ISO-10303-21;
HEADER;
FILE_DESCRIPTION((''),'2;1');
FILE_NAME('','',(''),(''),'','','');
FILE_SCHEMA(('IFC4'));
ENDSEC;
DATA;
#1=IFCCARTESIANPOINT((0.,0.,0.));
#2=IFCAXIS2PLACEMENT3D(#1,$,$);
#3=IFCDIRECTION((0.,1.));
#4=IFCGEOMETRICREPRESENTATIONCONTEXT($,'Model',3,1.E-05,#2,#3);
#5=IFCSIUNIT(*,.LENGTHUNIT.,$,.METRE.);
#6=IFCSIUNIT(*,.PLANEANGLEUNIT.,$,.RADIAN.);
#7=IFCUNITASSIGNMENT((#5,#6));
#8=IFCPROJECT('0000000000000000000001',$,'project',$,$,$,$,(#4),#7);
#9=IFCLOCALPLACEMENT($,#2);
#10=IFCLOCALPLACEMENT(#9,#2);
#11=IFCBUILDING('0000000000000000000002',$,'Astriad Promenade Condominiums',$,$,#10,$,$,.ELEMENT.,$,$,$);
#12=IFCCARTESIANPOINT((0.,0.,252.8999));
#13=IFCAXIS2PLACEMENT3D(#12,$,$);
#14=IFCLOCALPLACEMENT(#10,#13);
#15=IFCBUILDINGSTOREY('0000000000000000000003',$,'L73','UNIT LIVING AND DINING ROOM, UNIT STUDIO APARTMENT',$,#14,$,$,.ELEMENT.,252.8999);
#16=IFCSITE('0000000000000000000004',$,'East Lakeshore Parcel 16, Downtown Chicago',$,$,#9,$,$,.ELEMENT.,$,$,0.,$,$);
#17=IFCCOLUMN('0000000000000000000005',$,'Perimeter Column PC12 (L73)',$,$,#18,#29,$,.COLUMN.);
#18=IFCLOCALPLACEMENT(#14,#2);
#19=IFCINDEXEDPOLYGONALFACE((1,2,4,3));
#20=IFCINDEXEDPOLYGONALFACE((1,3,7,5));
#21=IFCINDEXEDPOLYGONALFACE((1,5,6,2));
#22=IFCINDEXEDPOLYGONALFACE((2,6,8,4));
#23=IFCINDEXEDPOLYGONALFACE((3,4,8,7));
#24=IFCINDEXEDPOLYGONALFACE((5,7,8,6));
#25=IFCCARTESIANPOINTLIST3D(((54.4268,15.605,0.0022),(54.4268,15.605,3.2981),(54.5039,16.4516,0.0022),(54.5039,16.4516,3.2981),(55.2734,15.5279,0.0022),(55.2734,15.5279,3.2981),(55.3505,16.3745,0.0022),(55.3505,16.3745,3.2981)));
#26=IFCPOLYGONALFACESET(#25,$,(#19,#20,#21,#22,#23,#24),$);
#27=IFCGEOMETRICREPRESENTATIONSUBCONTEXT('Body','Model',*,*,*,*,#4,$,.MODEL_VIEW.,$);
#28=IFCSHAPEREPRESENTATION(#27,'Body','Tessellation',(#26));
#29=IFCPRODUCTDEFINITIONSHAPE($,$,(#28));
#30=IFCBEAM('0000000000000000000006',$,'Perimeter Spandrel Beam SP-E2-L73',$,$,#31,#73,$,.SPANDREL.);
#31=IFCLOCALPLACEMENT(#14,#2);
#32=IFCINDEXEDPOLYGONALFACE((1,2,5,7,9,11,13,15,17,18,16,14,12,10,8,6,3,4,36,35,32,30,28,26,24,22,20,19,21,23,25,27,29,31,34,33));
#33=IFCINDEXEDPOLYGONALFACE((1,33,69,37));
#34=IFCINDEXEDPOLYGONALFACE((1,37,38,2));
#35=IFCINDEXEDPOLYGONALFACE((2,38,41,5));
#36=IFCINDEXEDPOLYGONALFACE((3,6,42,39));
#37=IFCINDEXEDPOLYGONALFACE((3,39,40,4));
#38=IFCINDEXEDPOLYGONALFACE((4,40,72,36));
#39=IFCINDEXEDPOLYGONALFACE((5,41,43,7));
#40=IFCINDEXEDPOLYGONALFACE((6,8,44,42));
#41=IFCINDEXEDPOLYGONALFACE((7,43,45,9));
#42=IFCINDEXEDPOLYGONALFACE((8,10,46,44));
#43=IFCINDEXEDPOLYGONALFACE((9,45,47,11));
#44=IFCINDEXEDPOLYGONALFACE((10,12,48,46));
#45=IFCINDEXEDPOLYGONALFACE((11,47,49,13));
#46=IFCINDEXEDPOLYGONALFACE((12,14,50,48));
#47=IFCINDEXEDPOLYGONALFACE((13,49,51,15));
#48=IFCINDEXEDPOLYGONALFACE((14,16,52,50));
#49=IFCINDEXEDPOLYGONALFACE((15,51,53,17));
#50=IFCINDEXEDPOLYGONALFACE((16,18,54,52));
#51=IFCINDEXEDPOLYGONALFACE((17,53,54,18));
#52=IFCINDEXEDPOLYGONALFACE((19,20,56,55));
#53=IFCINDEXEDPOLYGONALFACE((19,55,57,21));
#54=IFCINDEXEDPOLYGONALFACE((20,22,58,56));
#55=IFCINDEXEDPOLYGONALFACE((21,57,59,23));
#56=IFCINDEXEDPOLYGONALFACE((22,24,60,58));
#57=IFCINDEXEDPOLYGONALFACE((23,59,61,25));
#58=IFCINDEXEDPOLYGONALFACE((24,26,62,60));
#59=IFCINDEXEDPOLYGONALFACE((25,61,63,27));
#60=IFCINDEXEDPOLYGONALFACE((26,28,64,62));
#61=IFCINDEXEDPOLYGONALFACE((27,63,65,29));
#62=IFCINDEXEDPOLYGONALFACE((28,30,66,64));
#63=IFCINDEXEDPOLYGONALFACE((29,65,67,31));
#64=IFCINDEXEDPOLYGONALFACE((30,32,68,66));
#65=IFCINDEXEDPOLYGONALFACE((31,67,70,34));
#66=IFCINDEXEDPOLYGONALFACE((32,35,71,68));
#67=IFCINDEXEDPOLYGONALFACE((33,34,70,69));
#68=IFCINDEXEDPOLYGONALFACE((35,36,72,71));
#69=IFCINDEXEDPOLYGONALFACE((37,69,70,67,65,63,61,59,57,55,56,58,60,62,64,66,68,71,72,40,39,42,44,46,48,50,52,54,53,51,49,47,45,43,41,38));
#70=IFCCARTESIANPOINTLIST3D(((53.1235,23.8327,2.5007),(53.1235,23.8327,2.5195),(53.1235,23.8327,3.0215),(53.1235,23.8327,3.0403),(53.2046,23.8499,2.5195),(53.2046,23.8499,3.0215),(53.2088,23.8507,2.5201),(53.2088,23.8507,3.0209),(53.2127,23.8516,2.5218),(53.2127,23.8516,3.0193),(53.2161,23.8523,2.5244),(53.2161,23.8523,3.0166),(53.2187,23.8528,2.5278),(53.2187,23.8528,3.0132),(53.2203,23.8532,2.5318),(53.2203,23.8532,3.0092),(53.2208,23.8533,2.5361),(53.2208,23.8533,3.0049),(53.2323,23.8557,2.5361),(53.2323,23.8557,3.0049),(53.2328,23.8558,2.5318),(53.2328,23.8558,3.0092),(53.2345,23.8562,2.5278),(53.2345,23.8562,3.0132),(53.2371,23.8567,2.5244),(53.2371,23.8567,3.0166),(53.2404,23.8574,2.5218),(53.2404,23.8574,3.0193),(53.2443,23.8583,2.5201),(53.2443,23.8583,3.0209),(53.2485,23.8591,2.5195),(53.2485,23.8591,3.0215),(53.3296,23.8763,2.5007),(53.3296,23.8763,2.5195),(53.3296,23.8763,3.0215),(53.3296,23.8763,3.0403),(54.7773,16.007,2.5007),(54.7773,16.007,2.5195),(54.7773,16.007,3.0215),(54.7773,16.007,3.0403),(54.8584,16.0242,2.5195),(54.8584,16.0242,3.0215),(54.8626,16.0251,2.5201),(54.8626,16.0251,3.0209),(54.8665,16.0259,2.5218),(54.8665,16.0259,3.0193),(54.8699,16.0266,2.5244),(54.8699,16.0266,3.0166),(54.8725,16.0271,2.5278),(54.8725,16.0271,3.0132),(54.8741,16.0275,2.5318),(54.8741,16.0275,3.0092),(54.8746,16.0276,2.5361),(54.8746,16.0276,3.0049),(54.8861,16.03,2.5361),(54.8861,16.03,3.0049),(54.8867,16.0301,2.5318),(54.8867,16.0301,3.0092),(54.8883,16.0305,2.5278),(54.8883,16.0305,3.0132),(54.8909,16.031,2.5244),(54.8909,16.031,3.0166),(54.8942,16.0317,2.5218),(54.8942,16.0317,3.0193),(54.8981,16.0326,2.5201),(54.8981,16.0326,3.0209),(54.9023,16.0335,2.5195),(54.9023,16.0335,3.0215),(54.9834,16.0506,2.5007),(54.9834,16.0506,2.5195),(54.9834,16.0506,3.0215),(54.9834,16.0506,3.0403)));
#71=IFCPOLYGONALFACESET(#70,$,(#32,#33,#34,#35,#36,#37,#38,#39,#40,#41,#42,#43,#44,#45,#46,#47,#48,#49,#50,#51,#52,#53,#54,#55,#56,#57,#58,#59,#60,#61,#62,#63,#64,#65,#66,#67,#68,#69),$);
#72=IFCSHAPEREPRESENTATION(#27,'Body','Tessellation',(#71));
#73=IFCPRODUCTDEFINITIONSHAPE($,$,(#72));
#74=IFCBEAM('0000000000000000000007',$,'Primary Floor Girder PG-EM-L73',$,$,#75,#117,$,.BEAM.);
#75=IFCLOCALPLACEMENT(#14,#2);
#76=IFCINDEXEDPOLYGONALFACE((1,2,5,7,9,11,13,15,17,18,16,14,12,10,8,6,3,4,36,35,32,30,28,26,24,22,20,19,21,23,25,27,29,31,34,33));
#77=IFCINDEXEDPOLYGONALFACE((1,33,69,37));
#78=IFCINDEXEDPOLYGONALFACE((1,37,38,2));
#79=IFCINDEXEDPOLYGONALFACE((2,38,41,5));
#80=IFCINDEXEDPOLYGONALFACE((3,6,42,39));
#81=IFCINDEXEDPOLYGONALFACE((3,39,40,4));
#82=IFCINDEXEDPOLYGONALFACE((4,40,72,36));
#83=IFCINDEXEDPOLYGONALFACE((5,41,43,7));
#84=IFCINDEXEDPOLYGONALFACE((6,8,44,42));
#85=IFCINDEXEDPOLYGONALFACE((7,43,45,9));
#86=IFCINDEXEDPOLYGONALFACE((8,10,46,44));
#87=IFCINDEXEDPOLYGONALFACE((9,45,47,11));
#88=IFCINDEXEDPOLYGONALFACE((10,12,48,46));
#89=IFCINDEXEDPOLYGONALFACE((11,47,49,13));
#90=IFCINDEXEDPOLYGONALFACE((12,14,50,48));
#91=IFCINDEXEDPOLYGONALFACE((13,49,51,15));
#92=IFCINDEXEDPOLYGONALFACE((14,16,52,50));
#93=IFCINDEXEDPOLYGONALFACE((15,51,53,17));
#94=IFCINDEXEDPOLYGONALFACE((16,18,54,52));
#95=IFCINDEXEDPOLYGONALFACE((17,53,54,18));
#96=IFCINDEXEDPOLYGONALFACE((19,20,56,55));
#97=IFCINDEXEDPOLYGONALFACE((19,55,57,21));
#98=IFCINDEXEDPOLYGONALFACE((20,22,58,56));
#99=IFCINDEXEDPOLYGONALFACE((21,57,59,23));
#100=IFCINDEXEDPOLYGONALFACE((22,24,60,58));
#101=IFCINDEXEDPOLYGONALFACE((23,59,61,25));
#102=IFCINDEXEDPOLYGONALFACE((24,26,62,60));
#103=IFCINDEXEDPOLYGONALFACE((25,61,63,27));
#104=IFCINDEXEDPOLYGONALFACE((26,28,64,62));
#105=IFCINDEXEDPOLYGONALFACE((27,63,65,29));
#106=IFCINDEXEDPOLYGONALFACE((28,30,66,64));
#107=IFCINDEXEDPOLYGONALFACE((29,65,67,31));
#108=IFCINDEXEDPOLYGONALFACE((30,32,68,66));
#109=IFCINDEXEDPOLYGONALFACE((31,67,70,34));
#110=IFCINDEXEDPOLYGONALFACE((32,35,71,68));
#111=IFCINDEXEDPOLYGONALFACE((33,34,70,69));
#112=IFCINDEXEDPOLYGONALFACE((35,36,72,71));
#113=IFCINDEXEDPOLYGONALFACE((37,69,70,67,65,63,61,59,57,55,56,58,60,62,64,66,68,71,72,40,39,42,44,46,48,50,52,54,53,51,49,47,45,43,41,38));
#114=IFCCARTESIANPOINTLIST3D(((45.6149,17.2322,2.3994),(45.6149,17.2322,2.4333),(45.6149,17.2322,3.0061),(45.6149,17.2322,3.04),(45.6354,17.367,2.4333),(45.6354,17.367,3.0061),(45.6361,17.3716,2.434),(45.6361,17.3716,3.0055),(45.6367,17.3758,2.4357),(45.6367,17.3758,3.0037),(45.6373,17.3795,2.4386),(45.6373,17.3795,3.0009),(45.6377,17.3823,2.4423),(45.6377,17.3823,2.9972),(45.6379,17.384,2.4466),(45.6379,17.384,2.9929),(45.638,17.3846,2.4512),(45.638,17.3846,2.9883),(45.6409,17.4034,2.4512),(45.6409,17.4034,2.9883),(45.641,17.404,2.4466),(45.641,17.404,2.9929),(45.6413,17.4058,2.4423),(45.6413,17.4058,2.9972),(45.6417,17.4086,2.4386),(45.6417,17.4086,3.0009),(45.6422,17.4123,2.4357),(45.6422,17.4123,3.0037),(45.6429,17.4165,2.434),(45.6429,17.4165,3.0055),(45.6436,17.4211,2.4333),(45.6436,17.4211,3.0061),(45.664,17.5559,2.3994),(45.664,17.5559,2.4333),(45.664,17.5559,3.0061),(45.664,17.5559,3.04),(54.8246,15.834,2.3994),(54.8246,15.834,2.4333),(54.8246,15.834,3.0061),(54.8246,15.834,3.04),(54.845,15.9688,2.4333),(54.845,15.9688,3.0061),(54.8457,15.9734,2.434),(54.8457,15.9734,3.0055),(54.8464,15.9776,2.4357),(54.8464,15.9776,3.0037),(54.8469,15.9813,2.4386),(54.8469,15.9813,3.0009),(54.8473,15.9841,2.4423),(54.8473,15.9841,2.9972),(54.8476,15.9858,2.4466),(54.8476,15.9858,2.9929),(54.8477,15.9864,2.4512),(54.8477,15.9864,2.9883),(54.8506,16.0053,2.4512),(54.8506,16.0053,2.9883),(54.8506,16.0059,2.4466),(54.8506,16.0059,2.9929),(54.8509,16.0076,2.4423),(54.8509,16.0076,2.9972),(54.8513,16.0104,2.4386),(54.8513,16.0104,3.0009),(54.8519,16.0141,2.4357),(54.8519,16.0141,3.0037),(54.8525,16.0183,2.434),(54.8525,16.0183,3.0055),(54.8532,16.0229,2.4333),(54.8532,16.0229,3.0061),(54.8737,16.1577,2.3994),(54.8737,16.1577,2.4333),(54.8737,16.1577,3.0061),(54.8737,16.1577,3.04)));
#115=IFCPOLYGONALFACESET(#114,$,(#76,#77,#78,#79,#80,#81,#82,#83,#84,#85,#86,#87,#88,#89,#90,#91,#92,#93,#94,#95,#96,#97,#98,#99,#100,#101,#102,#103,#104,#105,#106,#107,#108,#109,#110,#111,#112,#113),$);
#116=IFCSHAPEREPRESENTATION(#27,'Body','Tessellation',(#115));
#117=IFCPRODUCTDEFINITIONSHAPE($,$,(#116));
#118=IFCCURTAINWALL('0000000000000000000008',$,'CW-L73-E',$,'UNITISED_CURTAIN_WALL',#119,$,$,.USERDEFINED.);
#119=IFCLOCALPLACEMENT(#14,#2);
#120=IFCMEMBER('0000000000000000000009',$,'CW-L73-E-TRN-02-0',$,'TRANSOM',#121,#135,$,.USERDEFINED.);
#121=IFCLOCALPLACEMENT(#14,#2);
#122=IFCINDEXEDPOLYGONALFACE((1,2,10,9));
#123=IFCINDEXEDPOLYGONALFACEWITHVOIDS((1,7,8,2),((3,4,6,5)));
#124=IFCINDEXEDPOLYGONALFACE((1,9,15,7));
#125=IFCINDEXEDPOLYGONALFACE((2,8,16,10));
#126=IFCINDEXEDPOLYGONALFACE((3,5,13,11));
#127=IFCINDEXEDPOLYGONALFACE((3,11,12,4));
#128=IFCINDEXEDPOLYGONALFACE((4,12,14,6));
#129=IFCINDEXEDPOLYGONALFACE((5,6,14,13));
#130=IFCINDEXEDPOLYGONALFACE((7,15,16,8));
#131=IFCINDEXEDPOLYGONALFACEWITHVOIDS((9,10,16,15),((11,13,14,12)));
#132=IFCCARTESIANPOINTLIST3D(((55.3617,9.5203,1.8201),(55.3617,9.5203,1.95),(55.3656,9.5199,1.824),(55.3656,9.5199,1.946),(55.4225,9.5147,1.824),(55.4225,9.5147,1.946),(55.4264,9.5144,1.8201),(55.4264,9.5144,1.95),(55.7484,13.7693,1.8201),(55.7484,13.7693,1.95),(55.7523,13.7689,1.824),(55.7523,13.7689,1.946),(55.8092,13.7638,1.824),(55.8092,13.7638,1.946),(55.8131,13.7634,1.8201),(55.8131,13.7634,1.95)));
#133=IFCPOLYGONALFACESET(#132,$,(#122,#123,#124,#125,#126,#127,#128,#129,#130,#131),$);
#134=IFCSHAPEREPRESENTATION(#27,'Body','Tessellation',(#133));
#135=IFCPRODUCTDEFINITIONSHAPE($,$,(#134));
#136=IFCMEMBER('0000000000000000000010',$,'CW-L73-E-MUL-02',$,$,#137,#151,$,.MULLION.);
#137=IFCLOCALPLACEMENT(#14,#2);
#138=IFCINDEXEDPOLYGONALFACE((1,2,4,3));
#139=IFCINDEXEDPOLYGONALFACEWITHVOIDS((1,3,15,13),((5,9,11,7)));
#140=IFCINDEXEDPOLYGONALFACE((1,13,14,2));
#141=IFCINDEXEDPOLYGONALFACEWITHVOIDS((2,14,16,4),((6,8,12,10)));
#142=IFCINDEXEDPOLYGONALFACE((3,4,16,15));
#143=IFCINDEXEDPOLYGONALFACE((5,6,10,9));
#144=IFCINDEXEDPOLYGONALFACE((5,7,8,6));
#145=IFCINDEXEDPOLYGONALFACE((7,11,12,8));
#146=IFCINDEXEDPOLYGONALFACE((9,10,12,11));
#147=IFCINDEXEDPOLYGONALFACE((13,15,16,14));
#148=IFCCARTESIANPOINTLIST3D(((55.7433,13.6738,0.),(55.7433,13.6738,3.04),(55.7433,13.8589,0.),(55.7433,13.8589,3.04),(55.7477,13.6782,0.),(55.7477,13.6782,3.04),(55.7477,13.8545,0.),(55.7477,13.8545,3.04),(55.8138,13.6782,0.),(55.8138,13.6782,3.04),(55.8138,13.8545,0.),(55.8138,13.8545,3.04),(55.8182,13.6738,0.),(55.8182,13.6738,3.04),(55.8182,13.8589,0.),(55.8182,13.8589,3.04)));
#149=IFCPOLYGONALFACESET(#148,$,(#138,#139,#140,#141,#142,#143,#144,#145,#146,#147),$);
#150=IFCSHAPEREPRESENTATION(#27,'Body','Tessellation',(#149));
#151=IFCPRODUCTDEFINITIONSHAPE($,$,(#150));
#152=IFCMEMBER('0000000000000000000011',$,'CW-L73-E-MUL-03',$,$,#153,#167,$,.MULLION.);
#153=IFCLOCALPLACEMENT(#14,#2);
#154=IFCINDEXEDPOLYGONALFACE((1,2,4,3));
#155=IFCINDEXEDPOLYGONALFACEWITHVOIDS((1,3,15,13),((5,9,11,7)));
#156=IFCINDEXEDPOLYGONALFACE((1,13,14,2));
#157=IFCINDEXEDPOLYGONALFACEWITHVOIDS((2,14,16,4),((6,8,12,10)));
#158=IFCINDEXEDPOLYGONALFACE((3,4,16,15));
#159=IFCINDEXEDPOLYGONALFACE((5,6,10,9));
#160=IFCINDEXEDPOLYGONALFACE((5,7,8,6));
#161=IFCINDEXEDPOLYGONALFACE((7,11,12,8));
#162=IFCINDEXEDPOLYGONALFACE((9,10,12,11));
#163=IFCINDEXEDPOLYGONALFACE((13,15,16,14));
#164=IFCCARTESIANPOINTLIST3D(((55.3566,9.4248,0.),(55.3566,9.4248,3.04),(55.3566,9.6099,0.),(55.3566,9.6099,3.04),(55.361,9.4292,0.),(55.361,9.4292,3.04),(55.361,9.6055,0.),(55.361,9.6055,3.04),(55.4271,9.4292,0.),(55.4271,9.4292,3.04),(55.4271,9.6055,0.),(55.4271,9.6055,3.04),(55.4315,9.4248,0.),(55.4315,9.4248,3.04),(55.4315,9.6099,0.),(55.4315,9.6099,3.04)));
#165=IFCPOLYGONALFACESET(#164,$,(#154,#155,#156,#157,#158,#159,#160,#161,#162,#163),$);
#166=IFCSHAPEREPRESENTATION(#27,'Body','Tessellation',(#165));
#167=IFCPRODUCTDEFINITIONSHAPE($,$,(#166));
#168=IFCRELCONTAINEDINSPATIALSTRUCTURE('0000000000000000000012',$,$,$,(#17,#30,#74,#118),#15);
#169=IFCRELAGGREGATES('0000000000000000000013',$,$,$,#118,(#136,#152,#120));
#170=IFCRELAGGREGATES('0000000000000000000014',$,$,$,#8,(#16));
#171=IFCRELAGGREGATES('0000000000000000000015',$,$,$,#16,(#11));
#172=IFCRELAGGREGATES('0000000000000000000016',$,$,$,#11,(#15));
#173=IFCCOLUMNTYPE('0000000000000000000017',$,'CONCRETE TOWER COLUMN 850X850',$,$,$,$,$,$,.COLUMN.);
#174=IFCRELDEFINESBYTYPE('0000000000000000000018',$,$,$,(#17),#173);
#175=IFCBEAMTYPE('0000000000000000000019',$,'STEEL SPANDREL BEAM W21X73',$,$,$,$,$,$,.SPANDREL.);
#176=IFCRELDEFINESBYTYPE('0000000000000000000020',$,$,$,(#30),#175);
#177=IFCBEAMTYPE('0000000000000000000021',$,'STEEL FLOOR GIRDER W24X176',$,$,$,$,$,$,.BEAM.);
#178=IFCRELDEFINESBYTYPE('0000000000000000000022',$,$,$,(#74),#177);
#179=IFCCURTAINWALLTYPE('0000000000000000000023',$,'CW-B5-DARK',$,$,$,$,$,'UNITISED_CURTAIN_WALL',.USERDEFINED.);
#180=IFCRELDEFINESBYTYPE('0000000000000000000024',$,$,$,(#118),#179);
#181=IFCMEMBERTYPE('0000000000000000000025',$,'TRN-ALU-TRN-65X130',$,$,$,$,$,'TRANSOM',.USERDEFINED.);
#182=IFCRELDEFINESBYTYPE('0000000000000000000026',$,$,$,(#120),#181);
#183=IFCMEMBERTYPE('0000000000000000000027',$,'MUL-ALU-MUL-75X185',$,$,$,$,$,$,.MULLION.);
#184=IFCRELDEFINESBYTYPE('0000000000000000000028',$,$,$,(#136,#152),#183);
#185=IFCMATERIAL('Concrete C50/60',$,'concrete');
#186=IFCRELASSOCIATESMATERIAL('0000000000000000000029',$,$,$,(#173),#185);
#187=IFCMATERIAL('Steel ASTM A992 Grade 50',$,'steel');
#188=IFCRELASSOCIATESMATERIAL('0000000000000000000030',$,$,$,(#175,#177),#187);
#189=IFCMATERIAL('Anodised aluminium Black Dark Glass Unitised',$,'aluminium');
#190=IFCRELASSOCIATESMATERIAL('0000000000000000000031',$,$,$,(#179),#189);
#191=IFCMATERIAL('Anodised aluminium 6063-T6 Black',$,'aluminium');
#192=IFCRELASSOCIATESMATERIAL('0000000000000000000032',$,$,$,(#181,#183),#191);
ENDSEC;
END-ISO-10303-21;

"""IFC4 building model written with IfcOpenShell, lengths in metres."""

from ifc_helpers import new_model, si_unit, direction, frame, origin, origin_2d, place, context, subcontext, project, spatial, rectangle, hollow_rectangle, i_section, extrude, source, transform, mapped, material, material_profile, profile_set, type_object, type_shapes, element, aggregate, save


model = new_model("IFC4")

# Units and contexts
model_context = context("Model", 3, precision=1e-05, world=origin(), true_north=direction((0.0, 1.0)))
body_context = subcontext(model_context, "Body", "Model", "MODEL_VIEW")
ifc_project = project(units=[si_unit("LENGTHUNIT", "METRE"), si_unit("PLANEANGLEUNIT", "RADIAN")], contexts=[model_context])

# Site, building, storey
site_placement = place(None, origin())
site = spatial("IfcSite", under=ifc_project, at=site_placement, Name="East Lakeshore Parcel 16, Downtown Chicago", CompositionType="ELEMENT", RefElevation=0.0)
building_placement = place(site_placement, origin())
building = spatial("IfcBuilding", under=site, at=building_placement, Name="Astriad Promenade Condominiums", CompositionType="ELEMENT")
storey_placement = place(building_placement, frame((0.0, 0.0, 252.8999)))
storey = spatial("IfcBuildingStorey", under=building, at=storey_placement, Name="L73", Description="UNIT LIVING AND DINING ROOM, UNIT STUDIO APARTMENT", CompositionType="ELEMENT", Elevation=252.8999)

# Column
ifc_material_1 = material(Name="Concrete C50/60", Category="concrete")
ifc_material_profile_1 = material_profile(ifc_material_1, rectangle(XDim=0.8501, YDim=0.8501, at=origin_2d()), Name="RC-COL-850X850")
ifc_profile_set_1 = profile_set([ifc_material_profile_1], Name="Concrete C50/60")
column_type = type_object("IfcColumnType", Name="CONCRETE TOWER COLUMN 850X850", PredefinedType="COLUMN", material=ifc_profile_set_1)
shared_shape_1 = source(origin(), body_context, "Body", "SweptSolid", [
    extrude(rectangle(XDim=0.8501, YDim=0.8501, at=origin_2d()), origin(), (0.0, 0.0, 1.0), 3.2959),
])
type_shapes(column_type, [shared_shape_1])
column_placement = place(storey_placement, frame((54.8887, 15.9897, 0.0022), z_axis=(0.0, 0.0, 1.0), x_axis=(0.995884, -0.090633, 0.0)))
element("IfcColumn", 1, at=column_placement, inside=storey, type_object=column_type, Name="Perimeter Column PC12 (L73)", PredefinedType="COLUMN", context=body_context, shape_type="MappedRepresentation", body=[
    mapped(shared_shape_1, transform((0.0, 0.0, 0.0), scale=1.0)),
])

# Beams
ifc_material_2 = material(Name="Steel ASTM A992 Grade 50", Category="steel")
ifc_material_profile_2 = material_profile(ifc_material_2, i_section(OverallWidth=0.2107, OverallDepth=0.5396, WebThickness=0.0117, FlangeThickness=0.0188, FilletRadius=0.0166, at=origin_2d()), Name="W21X73")
ifc_profile_set_2 = profile_set([ifc_material_profile_2], Name="Steel ASTM A992 Grade 50")
beam_type_1 = type_object("IfcBeamType", Name="STEEL SPANDREL BEAM W21X73", PredefinedType="SPANDREL", material=ifc_profile_set_2)
shared_shape_2 = source(origin(), body_context, "Body", "SweptSolid", [
    extrude(i_section(OverallWidth=0.2107, OverallDepth=0.5396, WebThickness=0.0117, FlangeThickness=0.0188, FilletRadius=0.0166, at=origin_2d()), origin(), (0.0, 0.0, 1.0), 7.9985),
])
type_shapes(beam_type_1, [shared_shape_2])
beam_1_placement = place(storey_placement, frame((54.8804, 16.0288, 2.7705), z_axis=(-0.206764, 0.978391, 0.0), x_axis=(-0.978391, -0.206764, 0.0)))
element("IfcBeam", 2, at=beam_1_placement, inside=storey, type_object=beam_type_1, Name="Perimeter Spandrel Beam SP-E2-L73", PredefinedType="SPANDREL", context=body_context, shape_type="MappedRepresentation", body=[
    mapped(shared_shape_2, transform((0.0, 0.0, 0.0), scale=1.0)),
])
ifc_material_profile_3 = material_profile(ifc_material_2, i_section(OverallWidth=0.3274, OverallDepth=0.6406, WebThickness=0.019, FlangeThickness=0.0339, FilletRadius=0.0178, at=origin_2d()), Name="W24X176")
ifc_profile_set_3 = profile_set([ifc_material_profile_3], Name="Steel ASTM A992 Grade 50")
beam_type_2 = type_object("IfcBeamType", Name="STEEL FLOOR GIRDER W24X176", PredefinedType="BEAM", material=ifc_profile_set_3)
shared_shape_3 = source(origin(), body_context, "Body", "SweptSolid", [
    extrude(i_section(OverallWidth=0.3274, OverallDepth=0.6406, WebThickness=0.019, FlangeThickness=0.0339, FilletRadius=0.0178, at=origin_2d()), origin(), (0.0, 0.0, 1.0), 9.3152),
])
type_shapes(beam_type_2, [shared_shape_3])
beam_2_placement = place(storey_placement, frame((54.8491, 15.9958, 2.7197), z_axis=(-0.988671, 0.150097, 0.0), x_axis=(-0.150097, -0.988671, 0.0)))
element("IfcBeam", 3, at=beam_2_placement, inside=storey, type_object=beam_type_2, Name="Primary Floor Girder PG-EM-L73", PredefinedType="BEAM", context=body_context, shape_type="MappedRepresentation", body=[
    mapped(shared_shape_3, transform((0.0, 0.0, 0.0), scale=1.0)),
])

# Curtain wall, members
ifc_material_3 = material(Name="Anodised aluminium Black Dark Glass Unitised", Category="aluminium")
curtain_wall_type = type_object("IfcCurtainWallType", Name="CW-B5-DARK", ElementType="UNITISED_CURTAIN_WALL", PredefinedType="USERDEFINED", material=ifc_material_3)
curtain_wall_placement = place(storey_placement, origin())
curtain_wall = element("IfcCurtainWall", 4, at=curtain_wall_placement, inside=storey, type_object=curtain_wall_type, Name="CW-L73-E", ObjectType="UNITISED_CURTAIN_WALL", PredefinedType="USERDEFINED")
ifc_material_4 = material(Name="Anodised aluminium 6063-T6 Black", Category="aluminium")
ifc_material_profile_4 = material_profile(ifc_material_4, hollow_rectangle(XDim=0.0649, YDim=0.1299, WallThickness=0.0039, at=origin_2d()), Name="ALU-TRN-65X130")
ifc_profile_set_4 = profile_set([ifc_material_profile_4], Name="Anodised aluminium 6063-T6 Black")
member_type_1 = type_object("IfcMemberType", Name="TRN-ALU-TRN-65X130", ElementType="TRANSOM", PredefinedType="USERDEFINED", material=ifc_profile_set_4)
shared_shape_4 = source(origin(), body_context, "Body", "SweptSolid", [
    extrude(hollow_rectangle(XDim=0.0649, YDim=0.1299, WallThickness=0.0039, at=origin_2d()), origin(), (0.0, 0.0, 1.0), 4.2666),
])
type_shapes(member_type_1, [shared_shape_4])
member_1_placement = place(storey_placement, frame((55.7808, 13.7664, 1.885), z_axis=(-0.090639, -0.995884, 0.0), x_axis=(0.995884, -0.090639, 0.0)))
member_1 = element("IfcMember", 5, at=member_1_placement, type_object=member_type_1, Name="CW-L73-E-TRN-02-0", ObjectType="TRANSOM", PredefinedType="USERDEFINED", context=body_context, shape_type="MappedRepresentation", body=[
    mapped(shared_shape_4, transform((0.0, 0.0, 0.0), scale=1.0)),
])
ifc_material_profile_5 = material_profile(ifc_material_4, hollow_rectangle(XDim=0.075, YDim=0.1851, WallThickness=0.0044, at=origin_2d()), Name="ALU-MUL-75X185")
ifc_profile_set_5 = profile_set([ifc_material_profile_5], Name="Anodised aluminium 6063-T6 Black")
member_type_2 = type_object("IfcMemberType", Name="MUL-ALU-MUL-75X185", PredefinedType="MULLION", material=ifc_profile_set_5)
shared_shape_5 = source(origin(), body_context, "Body", "SweptSolid", [
    extrude(hollow_rectangle(XDim=0.075, YDim=0.1851, WallThickness=0.0044, at=origin_2d()), origin(), (0.0, 0.0, 1.0), 3.04),
])
type_shapes(member_type_2, [shared_shape_5])
member_2_placement = place(storey_placement, frame((55.7808, 13.7664, 0.0), z_axis=(0.0, 0.0, 1.0), x_axis=(1.0, 0.0, 0.0)))
member_2 = element("IfcMember", 6, at=member_2_placement, type_object=member_type_2, Name="CW-L73-E-MUL-02", PredefinedType="MULLION", context=body_context, shape_type="MappedRepresentation", body=[
    mapped(shared_shape_5, transform((0.0, 0.0, 0.0), scale=1.0)),
])
member_3_placement = place(storey_placement, frame((55.394, 9.5173, 0.0), z_axis=(0.0, 0.0, 1.0), x_axis=(1.0, 0.0, 0.0)))
member_3 = element("IfcMember", 7, at=member_3_placement, type_object=member_type_2, Name="CW-L73-E-MUL-03", PredefinedType="MULLION", context=body_context, shape_type="MappedRepresentation", body=[
    mapped(shared_shape_5, transform((0.0, 0.0, 0.0), scale=1.0)),
])
aggregate(curtain_wall, [member_2, member_3, member_1])

save(model, "model.ifc")
